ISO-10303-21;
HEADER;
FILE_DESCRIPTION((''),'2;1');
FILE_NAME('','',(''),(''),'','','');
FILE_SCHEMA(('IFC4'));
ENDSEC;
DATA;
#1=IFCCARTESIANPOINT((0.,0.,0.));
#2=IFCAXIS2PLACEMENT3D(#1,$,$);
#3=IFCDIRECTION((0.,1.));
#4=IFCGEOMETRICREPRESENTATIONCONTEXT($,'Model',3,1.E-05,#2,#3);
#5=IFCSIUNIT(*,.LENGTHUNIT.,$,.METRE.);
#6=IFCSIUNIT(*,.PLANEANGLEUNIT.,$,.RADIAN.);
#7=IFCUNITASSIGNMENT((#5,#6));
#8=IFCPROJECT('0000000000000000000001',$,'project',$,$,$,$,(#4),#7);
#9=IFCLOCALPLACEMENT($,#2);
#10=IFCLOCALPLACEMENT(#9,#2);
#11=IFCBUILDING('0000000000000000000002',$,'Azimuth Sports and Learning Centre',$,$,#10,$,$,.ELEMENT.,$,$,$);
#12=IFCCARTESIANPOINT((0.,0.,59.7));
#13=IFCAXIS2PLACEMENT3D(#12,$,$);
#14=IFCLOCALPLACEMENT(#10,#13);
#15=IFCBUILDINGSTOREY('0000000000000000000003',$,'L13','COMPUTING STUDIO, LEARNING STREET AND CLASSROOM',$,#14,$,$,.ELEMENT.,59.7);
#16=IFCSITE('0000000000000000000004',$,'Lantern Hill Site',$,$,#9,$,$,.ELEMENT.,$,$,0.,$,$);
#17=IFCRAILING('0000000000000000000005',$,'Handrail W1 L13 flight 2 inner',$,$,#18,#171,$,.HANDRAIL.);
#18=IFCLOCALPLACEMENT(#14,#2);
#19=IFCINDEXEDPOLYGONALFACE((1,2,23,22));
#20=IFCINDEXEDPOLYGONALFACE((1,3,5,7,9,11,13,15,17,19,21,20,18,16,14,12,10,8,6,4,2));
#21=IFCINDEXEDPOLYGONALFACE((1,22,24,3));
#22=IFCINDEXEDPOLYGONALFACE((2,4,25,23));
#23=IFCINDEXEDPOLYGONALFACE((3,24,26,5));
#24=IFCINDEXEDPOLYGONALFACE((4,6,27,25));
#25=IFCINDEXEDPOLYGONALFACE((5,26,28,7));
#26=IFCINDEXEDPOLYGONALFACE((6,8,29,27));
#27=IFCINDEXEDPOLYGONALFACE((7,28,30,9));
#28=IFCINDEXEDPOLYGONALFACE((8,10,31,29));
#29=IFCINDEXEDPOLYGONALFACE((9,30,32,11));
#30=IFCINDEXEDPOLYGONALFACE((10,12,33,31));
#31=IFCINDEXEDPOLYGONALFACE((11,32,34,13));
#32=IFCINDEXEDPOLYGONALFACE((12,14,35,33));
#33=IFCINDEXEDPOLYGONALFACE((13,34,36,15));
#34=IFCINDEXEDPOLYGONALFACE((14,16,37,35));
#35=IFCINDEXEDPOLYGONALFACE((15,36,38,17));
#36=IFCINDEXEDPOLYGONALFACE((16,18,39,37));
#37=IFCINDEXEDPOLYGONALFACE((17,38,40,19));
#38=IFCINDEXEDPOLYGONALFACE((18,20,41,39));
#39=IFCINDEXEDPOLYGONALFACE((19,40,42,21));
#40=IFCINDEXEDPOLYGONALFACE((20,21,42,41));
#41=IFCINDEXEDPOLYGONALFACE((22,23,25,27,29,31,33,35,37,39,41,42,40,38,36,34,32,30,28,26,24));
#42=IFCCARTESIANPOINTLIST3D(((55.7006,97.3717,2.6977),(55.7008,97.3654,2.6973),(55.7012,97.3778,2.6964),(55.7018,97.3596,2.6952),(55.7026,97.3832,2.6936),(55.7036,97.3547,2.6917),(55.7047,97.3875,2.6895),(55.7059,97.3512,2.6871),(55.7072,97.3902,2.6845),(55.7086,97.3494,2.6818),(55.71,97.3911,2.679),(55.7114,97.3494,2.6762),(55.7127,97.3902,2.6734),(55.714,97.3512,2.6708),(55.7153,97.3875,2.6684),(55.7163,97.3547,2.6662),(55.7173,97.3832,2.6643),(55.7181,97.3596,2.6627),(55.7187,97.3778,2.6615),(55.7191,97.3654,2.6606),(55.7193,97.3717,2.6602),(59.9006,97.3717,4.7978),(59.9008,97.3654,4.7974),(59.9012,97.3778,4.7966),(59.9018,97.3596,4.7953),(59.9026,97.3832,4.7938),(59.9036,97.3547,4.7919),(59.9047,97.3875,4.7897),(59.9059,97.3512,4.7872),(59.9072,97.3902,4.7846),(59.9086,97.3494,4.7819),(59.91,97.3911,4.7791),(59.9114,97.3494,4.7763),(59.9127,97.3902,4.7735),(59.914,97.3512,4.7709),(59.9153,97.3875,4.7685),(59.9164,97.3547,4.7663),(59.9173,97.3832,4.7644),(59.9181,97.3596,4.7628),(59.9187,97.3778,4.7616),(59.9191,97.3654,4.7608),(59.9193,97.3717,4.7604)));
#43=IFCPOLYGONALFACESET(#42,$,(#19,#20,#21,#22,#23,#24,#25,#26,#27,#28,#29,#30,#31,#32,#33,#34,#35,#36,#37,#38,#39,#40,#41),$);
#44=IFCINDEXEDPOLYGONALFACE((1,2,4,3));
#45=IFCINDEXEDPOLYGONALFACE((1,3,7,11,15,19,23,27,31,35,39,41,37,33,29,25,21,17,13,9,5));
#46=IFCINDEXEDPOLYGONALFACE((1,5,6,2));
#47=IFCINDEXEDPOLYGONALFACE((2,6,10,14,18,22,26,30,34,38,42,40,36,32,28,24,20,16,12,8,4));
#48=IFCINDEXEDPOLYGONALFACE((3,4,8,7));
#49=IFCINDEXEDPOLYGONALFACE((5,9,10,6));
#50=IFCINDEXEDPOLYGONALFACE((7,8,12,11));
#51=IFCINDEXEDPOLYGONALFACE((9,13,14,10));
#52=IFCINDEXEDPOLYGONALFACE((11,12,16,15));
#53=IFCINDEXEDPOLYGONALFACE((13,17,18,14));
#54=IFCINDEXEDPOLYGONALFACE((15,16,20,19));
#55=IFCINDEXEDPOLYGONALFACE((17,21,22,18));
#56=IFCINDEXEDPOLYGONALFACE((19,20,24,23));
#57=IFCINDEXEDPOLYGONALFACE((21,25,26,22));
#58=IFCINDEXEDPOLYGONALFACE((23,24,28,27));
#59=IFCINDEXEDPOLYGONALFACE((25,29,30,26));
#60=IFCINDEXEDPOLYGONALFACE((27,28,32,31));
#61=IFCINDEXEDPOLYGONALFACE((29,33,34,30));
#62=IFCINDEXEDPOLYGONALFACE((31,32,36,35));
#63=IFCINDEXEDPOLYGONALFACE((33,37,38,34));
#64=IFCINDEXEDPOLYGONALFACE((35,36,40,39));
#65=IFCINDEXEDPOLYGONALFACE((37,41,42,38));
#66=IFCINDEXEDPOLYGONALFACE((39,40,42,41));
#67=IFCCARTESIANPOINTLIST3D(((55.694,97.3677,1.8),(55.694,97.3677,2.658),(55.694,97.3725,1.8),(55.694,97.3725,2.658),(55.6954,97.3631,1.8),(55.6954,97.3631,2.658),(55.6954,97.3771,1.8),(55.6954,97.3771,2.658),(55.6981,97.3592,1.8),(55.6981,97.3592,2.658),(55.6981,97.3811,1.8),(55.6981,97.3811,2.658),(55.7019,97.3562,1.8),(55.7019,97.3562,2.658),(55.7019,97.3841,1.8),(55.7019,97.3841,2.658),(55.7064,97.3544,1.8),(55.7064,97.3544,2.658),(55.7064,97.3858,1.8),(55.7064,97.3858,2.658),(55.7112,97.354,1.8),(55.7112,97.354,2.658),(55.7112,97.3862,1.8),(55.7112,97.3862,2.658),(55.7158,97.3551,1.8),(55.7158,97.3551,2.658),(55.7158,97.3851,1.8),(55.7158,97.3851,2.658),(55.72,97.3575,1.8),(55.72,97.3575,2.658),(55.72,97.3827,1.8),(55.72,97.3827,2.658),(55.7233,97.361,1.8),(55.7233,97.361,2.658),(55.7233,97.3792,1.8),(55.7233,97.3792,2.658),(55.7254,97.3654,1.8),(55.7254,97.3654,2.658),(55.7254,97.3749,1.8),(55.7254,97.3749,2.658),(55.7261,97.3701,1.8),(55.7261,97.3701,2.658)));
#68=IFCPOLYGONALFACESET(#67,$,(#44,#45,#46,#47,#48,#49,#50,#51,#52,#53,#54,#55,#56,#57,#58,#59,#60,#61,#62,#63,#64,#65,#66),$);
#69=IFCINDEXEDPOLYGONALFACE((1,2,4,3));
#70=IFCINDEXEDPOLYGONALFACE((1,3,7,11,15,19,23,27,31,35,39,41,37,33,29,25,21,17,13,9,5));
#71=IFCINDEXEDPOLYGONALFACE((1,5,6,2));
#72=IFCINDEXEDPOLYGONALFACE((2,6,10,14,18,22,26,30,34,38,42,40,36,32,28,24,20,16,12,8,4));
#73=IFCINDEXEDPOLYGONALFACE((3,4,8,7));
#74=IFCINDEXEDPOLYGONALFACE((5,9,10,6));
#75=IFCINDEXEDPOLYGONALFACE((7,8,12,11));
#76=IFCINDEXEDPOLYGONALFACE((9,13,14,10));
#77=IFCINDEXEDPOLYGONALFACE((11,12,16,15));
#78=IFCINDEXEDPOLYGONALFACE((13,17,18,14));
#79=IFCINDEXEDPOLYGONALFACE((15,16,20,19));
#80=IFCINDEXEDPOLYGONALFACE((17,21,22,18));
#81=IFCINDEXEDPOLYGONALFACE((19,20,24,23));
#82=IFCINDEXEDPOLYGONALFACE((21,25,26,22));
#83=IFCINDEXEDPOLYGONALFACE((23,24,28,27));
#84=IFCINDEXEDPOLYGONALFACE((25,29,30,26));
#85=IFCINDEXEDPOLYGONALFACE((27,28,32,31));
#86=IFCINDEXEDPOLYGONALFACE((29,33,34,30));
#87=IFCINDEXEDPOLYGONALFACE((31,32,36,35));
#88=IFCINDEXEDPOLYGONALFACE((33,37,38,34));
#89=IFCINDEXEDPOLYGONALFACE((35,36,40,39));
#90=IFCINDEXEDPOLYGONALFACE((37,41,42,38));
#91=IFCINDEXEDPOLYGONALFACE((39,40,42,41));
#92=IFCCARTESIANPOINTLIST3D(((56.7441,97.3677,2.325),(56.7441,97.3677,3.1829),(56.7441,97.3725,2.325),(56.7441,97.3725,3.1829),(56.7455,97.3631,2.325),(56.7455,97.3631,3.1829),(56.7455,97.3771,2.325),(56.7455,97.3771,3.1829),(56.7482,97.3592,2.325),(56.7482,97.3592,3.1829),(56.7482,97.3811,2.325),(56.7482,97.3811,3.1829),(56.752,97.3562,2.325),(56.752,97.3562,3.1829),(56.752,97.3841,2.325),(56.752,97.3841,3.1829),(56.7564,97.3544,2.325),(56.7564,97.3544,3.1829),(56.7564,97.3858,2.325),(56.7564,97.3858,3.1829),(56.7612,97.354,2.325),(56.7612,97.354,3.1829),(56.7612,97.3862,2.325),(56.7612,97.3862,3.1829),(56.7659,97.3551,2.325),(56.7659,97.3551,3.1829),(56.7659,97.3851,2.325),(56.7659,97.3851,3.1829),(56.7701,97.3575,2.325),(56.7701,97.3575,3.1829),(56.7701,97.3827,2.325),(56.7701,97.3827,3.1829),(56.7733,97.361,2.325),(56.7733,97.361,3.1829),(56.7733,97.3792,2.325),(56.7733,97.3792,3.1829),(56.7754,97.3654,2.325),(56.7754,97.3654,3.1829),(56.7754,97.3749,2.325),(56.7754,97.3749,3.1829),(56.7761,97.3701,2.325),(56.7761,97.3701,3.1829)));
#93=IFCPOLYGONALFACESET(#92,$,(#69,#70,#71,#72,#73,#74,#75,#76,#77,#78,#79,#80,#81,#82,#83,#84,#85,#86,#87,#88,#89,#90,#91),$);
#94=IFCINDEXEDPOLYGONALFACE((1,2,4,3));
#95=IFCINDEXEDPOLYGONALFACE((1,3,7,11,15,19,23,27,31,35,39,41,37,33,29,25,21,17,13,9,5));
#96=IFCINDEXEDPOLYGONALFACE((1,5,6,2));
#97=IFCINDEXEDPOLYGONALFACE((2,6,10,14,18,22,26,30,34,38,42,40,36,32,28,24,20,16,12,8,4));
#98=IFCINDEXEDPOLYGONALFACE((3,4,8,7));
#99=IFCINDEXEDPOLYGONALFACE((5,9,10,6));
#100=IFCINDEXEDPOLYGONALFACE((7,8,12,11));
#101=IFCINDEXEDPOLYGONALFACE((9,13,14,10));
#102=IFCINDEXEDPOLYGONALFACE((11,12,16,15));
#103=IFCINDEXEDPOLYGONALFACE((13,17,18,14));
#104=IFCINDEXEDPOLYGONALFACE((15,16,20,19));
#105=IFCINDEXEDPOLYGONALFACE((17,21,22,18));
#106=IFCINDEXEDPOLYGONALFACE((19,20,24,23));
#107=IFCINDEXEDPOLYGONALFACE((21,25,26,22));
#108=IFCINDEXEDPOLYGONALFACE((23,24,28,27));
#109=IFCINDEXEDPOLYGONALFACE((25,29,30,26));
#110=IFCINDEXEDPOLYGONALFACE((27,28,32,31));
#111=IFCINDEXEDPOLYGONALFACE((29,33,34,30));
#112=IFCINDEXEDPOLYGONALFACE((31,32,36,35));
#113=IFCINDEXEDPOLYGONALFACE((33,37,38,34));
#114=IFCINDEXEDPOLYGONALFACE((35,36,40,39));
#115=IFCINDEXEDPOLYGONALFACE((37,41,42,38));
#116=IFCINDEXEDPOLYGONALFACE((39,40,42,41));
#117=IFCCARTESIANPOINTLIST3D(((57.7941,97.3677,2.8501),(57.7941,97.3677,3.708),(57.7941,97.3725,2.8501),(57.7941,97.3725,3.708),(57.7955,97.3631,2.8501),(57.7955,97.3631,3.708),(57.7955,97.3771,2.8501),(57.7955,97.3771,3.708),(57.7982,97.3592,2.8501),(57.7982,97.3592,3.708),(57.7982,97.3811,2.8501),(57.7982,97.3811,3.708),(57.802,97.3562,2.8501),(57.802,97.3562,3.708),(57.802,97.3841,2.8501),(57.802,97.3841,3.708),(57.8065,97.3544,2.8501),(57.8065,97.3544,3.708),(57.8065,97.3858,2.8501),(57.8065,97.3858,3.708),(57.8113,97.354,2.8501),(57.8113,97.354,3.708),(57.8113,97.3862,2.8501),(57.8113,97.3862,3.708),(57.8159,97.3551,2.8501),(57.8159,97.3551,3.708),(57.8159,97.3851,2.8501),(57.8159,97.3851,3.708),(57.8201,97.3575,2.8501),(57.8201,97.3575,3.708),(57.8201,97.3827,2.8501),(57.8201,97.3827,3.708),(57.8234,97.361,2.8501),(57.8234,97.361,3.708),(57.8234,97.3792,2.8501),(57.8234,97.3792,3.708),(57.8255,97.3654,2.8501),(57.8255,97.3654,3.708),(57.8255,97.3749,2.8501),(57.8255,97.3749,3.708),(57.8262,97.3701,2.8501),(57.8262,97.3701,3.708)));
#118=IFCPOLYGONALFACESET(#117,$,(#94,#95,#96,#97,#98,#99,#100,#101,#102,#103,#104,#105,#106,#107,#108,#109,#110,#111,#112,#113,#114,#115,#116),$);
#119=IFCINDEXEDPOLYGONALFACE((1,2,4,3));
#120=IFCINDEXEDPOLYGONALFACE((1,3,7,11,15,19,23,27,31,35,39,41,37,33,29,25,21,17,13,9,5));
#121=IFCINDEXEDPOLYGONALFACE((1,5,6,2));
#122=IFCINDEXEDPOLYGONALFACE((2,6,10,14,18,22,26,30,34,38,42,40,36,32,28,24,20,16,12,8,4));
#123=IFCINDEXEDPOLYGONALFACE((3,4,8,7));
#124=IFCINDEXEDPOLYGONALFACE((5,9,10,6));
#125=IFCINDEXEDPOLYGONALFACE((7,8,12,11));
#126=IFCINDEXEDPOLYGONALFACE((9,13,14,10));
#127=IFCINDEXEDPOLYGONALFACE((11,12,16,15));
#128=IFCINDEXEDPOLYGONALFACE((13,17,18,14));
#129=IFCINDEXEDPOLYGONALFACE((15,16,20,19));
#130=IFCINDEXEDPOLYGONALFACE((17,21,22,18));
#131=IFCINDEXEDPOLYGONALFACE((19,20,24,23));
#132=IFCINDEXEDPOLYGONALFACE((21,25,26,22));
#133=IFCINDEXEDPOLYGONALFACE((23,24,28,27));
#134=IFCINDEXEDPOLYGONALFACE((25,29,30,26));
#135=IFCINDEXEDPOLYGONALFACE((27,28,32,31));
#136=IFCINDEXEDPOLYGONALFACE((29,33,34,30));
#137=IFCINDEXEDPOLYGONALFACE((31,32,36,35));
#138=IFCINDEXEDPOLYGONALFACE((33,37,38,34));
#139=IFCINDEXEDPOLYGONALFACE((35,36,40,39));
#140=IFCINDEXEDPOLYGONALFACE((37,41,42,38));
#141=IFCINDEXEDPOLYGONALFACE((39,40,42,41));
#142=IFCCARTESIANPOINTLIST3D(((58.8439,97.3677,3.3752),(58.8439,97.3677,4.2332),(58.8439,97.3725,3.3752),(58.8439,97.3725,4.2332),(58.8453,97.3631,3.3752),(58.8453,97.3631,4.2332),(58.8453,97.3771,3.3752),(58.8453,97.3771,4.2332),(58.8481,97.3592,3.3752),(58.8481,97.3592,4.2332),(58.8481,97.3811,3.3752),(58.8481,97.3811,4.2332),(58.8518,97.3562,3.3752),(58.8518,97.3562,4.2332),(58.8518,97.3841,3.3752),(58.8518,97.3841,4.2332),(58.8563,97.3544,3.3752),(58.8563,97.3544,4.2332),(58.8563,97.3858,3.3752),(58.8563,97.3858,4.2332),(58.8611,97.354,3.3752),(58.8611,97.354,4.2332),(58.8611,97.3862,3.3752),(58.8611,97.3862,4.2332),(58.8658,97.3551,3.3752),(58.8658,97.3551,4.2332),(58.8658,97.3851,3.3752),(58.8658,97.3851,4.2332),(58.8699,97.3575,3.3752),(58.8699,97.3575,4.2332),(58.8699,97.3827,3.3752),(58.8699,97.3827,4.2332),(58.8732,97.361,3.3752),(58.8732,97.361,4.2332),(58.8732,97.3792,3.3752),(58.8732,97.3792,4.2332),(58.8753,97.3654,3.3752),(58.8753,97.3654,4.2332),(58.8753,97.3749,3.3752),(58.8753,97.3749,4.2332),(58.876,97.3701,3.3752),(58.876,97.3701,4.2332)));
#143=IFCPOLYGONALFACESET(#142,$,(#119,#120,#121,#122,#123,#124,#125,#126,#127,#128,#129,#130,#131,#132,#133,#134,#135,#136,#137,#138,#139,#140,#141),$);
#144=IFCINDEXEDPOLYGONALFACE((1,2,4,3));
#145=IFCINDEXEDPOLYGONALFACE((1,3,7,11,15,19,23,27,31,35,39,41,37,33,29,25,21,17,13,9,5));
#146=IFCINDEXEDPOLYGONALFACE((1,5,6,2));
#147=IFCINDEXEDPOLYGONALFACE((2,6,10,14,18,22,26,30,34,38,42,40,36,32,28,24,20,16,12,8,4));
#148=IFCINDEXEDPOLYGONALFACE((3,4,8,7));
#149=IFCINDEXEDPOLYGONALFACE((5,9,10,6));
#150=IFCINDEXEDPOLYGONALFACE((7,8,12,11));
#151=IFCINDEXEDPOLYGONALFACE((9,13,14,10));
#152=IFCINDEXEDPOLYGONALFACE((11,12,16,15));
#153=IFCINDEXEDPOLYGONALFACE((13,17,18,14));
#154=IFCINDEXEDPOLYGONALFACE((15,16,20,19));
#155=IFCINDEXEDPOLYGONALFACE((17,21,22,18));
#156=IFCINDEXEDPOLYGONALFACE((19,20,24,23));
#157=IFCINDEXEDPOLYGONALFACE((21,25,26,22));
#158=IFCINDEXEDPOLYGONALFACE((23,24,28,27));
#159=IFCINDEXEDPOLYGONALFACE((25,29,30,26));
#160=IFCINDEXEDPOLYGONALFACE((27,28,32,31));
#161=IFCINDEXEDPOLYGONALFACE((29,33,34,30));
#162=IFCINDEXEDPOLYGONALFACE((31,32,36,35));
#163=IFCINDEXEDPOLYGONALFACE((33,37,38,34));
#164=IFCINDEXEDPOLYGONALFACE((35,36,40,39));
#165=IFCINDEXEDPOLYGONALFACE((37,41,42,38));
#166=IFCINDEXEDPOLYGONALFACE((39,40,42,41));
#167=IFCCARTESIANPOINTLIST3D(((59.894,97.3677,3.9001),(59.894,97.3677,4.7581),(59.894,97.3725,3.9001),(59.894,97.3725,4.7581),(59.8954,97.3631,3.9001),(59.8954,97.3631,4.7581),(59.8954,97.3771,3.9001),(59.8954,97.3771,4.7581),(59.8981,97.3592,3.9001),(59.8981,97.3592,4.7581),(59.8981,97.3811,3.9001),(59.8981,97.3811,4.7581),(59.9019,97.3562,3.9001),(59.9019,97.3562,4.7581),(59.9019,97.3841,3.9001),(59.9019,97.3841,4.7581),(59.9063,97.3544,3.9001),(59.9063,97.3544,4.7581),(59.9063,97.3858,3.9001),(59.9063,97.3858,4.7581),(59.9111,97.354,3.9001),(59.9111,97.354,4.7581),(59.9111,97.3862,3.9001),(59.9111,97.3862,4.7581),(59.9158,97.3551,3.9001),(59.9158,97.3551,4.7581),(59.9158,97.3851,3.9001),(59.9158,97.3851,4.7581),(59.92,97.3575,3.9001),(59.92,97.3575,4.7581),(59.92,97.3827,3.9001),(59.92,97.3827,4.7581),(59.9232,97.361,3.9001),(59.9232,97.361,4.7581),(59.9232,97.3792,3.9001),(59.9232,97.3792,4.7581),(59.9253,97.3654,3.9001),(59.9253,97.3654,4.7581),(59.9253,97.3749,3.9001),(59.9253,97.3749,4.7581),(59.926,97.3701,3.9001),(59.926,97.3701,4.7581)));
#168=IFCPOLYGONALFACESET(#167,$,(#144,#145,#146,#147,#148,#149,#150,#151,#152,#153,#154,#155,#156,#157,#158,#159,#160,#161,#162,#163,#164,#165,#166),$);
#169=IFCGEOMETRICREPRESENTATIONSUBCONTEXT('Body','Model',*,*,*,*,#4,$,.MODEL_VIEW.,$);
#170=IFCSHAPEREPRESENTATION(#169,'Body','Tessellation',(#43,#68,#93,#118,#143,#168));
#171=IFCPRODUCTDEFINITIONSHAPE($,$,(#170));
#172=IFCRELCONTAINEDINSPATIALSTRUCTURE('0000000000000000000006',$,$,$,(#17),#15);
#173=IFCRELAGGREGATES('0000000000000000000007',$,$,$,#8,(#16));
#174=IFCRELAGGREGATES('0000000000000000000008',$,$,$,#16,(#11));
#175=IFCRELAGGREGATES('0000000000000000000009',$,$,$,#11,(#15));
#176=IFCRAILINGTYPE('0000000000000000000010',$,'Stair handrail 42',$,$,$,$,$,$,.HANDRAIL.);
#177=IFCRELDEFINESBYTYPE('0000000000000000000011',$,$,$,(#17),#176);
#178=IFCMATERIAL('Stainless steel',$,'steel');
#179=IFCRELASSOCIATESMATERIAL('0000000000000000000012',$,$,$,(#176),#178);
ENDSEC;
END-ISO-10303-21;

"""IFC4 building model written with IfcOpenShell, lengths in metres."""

from ifc_helpers import new_model, si_unit, direction, frame, origin, origin_2d, place, context, subcontext, project, spatial, circle, extrude, material, type_object, element, save


model = new_model("IFC4")

# Units and contexts
model_context = context("Model", 3, precision=1e-05, world=origin(), true_north=direction((0.0, 1.0)))
body_context = subcontext(model_context, "Body", "Model", "MODEL_VIEW")
ifc_project = project(units=[si_unit("LENGTHUNIT", "METRE"), si_unit("PLANEANGLEUNIT", "RADIAN")], contexts=[model_context])

# Site, building, storey
site_placement = place(None, origin())
site = spatial("IfcSite", under=ifc_project, at=site_placement, Name="Lantern Hill Site", CompositionType="ELEMENT", RefElevation=0.0)
building_placement = place(site_placement, origin())
building = spatial("IfcBuilding", under=site, at=building_placement, Name="Azimuth Sports and Learning Centre", CompositionType="ELEMENT")
storey_placement = place(building_placement, frame((0.0, 0.0, 59.7)))
storey = spatial("IfcBuildingStorey", under=building, at=storey_placement, Name="L13", Description="COMPUTING STUDIO, LEARNING STREET AND CLASSROOM", CompositionType="ELEMENT", Elevation=59.7)

# Railing
ifc_material_1 = material(Name="Stainless steel", Category="steel")
railing_type_1 = type_object("IfcRailingType", Name="Stair handrail 42", PredefinedType="HANDRAIL", material=ifc_material_1)
for number, where, name in (
    (1, (55.71, 97.3701, 1.8), "Handrail W1 L13 flight 2 inner"),
):
    element("IfcRailing", number, at=place(storey_placement, frame(where)), inside=storey, type_object=railing_type_1, Name=name, PredefinedType="HANDRAIL", context=body_context, shape_type="SweptSolid", body=[
        extrude(circle(Radius=0.021, at=origin_2d()), frame((0.0, 0.0, 0.8789), z_axis=(0.894417, 0.0, 0.447234), x_axis=(0.0, 1.0, 0.0)), (0.0, 0.0, 1.0), 4.6958),
        extrude(circle(Radius=0.0161, at=origin_2d()), origin(), (0.0, 0.0, 1.0), 0.8579),
        extrude(circle(Radius=0.0161, at=origin_2d()), frame((1.05, 0.0, 0.5249)), (0.0, 0.0, 1.0), 0.8579),
        extrude(circle(Radius=0.0161, at=origin_2d()), frame((2.1001, 0.0, 1.05)), (0.0, 0.0, 1.0), 0.8579),
        extrude(circle(Radius=0.0161, at=origin_2d()), frame((3.1499, 0.0, 1.5752)), (0.0, 0.0, 1.0), 0.8579),
        extrude(circle(Radius=0.0161, at=origin_2d()), frame((4.2, 0.0, 2.1001)), (0.0, 0.0, 1.0), 0.8579),
    ])

save(model, "model.ifc")
